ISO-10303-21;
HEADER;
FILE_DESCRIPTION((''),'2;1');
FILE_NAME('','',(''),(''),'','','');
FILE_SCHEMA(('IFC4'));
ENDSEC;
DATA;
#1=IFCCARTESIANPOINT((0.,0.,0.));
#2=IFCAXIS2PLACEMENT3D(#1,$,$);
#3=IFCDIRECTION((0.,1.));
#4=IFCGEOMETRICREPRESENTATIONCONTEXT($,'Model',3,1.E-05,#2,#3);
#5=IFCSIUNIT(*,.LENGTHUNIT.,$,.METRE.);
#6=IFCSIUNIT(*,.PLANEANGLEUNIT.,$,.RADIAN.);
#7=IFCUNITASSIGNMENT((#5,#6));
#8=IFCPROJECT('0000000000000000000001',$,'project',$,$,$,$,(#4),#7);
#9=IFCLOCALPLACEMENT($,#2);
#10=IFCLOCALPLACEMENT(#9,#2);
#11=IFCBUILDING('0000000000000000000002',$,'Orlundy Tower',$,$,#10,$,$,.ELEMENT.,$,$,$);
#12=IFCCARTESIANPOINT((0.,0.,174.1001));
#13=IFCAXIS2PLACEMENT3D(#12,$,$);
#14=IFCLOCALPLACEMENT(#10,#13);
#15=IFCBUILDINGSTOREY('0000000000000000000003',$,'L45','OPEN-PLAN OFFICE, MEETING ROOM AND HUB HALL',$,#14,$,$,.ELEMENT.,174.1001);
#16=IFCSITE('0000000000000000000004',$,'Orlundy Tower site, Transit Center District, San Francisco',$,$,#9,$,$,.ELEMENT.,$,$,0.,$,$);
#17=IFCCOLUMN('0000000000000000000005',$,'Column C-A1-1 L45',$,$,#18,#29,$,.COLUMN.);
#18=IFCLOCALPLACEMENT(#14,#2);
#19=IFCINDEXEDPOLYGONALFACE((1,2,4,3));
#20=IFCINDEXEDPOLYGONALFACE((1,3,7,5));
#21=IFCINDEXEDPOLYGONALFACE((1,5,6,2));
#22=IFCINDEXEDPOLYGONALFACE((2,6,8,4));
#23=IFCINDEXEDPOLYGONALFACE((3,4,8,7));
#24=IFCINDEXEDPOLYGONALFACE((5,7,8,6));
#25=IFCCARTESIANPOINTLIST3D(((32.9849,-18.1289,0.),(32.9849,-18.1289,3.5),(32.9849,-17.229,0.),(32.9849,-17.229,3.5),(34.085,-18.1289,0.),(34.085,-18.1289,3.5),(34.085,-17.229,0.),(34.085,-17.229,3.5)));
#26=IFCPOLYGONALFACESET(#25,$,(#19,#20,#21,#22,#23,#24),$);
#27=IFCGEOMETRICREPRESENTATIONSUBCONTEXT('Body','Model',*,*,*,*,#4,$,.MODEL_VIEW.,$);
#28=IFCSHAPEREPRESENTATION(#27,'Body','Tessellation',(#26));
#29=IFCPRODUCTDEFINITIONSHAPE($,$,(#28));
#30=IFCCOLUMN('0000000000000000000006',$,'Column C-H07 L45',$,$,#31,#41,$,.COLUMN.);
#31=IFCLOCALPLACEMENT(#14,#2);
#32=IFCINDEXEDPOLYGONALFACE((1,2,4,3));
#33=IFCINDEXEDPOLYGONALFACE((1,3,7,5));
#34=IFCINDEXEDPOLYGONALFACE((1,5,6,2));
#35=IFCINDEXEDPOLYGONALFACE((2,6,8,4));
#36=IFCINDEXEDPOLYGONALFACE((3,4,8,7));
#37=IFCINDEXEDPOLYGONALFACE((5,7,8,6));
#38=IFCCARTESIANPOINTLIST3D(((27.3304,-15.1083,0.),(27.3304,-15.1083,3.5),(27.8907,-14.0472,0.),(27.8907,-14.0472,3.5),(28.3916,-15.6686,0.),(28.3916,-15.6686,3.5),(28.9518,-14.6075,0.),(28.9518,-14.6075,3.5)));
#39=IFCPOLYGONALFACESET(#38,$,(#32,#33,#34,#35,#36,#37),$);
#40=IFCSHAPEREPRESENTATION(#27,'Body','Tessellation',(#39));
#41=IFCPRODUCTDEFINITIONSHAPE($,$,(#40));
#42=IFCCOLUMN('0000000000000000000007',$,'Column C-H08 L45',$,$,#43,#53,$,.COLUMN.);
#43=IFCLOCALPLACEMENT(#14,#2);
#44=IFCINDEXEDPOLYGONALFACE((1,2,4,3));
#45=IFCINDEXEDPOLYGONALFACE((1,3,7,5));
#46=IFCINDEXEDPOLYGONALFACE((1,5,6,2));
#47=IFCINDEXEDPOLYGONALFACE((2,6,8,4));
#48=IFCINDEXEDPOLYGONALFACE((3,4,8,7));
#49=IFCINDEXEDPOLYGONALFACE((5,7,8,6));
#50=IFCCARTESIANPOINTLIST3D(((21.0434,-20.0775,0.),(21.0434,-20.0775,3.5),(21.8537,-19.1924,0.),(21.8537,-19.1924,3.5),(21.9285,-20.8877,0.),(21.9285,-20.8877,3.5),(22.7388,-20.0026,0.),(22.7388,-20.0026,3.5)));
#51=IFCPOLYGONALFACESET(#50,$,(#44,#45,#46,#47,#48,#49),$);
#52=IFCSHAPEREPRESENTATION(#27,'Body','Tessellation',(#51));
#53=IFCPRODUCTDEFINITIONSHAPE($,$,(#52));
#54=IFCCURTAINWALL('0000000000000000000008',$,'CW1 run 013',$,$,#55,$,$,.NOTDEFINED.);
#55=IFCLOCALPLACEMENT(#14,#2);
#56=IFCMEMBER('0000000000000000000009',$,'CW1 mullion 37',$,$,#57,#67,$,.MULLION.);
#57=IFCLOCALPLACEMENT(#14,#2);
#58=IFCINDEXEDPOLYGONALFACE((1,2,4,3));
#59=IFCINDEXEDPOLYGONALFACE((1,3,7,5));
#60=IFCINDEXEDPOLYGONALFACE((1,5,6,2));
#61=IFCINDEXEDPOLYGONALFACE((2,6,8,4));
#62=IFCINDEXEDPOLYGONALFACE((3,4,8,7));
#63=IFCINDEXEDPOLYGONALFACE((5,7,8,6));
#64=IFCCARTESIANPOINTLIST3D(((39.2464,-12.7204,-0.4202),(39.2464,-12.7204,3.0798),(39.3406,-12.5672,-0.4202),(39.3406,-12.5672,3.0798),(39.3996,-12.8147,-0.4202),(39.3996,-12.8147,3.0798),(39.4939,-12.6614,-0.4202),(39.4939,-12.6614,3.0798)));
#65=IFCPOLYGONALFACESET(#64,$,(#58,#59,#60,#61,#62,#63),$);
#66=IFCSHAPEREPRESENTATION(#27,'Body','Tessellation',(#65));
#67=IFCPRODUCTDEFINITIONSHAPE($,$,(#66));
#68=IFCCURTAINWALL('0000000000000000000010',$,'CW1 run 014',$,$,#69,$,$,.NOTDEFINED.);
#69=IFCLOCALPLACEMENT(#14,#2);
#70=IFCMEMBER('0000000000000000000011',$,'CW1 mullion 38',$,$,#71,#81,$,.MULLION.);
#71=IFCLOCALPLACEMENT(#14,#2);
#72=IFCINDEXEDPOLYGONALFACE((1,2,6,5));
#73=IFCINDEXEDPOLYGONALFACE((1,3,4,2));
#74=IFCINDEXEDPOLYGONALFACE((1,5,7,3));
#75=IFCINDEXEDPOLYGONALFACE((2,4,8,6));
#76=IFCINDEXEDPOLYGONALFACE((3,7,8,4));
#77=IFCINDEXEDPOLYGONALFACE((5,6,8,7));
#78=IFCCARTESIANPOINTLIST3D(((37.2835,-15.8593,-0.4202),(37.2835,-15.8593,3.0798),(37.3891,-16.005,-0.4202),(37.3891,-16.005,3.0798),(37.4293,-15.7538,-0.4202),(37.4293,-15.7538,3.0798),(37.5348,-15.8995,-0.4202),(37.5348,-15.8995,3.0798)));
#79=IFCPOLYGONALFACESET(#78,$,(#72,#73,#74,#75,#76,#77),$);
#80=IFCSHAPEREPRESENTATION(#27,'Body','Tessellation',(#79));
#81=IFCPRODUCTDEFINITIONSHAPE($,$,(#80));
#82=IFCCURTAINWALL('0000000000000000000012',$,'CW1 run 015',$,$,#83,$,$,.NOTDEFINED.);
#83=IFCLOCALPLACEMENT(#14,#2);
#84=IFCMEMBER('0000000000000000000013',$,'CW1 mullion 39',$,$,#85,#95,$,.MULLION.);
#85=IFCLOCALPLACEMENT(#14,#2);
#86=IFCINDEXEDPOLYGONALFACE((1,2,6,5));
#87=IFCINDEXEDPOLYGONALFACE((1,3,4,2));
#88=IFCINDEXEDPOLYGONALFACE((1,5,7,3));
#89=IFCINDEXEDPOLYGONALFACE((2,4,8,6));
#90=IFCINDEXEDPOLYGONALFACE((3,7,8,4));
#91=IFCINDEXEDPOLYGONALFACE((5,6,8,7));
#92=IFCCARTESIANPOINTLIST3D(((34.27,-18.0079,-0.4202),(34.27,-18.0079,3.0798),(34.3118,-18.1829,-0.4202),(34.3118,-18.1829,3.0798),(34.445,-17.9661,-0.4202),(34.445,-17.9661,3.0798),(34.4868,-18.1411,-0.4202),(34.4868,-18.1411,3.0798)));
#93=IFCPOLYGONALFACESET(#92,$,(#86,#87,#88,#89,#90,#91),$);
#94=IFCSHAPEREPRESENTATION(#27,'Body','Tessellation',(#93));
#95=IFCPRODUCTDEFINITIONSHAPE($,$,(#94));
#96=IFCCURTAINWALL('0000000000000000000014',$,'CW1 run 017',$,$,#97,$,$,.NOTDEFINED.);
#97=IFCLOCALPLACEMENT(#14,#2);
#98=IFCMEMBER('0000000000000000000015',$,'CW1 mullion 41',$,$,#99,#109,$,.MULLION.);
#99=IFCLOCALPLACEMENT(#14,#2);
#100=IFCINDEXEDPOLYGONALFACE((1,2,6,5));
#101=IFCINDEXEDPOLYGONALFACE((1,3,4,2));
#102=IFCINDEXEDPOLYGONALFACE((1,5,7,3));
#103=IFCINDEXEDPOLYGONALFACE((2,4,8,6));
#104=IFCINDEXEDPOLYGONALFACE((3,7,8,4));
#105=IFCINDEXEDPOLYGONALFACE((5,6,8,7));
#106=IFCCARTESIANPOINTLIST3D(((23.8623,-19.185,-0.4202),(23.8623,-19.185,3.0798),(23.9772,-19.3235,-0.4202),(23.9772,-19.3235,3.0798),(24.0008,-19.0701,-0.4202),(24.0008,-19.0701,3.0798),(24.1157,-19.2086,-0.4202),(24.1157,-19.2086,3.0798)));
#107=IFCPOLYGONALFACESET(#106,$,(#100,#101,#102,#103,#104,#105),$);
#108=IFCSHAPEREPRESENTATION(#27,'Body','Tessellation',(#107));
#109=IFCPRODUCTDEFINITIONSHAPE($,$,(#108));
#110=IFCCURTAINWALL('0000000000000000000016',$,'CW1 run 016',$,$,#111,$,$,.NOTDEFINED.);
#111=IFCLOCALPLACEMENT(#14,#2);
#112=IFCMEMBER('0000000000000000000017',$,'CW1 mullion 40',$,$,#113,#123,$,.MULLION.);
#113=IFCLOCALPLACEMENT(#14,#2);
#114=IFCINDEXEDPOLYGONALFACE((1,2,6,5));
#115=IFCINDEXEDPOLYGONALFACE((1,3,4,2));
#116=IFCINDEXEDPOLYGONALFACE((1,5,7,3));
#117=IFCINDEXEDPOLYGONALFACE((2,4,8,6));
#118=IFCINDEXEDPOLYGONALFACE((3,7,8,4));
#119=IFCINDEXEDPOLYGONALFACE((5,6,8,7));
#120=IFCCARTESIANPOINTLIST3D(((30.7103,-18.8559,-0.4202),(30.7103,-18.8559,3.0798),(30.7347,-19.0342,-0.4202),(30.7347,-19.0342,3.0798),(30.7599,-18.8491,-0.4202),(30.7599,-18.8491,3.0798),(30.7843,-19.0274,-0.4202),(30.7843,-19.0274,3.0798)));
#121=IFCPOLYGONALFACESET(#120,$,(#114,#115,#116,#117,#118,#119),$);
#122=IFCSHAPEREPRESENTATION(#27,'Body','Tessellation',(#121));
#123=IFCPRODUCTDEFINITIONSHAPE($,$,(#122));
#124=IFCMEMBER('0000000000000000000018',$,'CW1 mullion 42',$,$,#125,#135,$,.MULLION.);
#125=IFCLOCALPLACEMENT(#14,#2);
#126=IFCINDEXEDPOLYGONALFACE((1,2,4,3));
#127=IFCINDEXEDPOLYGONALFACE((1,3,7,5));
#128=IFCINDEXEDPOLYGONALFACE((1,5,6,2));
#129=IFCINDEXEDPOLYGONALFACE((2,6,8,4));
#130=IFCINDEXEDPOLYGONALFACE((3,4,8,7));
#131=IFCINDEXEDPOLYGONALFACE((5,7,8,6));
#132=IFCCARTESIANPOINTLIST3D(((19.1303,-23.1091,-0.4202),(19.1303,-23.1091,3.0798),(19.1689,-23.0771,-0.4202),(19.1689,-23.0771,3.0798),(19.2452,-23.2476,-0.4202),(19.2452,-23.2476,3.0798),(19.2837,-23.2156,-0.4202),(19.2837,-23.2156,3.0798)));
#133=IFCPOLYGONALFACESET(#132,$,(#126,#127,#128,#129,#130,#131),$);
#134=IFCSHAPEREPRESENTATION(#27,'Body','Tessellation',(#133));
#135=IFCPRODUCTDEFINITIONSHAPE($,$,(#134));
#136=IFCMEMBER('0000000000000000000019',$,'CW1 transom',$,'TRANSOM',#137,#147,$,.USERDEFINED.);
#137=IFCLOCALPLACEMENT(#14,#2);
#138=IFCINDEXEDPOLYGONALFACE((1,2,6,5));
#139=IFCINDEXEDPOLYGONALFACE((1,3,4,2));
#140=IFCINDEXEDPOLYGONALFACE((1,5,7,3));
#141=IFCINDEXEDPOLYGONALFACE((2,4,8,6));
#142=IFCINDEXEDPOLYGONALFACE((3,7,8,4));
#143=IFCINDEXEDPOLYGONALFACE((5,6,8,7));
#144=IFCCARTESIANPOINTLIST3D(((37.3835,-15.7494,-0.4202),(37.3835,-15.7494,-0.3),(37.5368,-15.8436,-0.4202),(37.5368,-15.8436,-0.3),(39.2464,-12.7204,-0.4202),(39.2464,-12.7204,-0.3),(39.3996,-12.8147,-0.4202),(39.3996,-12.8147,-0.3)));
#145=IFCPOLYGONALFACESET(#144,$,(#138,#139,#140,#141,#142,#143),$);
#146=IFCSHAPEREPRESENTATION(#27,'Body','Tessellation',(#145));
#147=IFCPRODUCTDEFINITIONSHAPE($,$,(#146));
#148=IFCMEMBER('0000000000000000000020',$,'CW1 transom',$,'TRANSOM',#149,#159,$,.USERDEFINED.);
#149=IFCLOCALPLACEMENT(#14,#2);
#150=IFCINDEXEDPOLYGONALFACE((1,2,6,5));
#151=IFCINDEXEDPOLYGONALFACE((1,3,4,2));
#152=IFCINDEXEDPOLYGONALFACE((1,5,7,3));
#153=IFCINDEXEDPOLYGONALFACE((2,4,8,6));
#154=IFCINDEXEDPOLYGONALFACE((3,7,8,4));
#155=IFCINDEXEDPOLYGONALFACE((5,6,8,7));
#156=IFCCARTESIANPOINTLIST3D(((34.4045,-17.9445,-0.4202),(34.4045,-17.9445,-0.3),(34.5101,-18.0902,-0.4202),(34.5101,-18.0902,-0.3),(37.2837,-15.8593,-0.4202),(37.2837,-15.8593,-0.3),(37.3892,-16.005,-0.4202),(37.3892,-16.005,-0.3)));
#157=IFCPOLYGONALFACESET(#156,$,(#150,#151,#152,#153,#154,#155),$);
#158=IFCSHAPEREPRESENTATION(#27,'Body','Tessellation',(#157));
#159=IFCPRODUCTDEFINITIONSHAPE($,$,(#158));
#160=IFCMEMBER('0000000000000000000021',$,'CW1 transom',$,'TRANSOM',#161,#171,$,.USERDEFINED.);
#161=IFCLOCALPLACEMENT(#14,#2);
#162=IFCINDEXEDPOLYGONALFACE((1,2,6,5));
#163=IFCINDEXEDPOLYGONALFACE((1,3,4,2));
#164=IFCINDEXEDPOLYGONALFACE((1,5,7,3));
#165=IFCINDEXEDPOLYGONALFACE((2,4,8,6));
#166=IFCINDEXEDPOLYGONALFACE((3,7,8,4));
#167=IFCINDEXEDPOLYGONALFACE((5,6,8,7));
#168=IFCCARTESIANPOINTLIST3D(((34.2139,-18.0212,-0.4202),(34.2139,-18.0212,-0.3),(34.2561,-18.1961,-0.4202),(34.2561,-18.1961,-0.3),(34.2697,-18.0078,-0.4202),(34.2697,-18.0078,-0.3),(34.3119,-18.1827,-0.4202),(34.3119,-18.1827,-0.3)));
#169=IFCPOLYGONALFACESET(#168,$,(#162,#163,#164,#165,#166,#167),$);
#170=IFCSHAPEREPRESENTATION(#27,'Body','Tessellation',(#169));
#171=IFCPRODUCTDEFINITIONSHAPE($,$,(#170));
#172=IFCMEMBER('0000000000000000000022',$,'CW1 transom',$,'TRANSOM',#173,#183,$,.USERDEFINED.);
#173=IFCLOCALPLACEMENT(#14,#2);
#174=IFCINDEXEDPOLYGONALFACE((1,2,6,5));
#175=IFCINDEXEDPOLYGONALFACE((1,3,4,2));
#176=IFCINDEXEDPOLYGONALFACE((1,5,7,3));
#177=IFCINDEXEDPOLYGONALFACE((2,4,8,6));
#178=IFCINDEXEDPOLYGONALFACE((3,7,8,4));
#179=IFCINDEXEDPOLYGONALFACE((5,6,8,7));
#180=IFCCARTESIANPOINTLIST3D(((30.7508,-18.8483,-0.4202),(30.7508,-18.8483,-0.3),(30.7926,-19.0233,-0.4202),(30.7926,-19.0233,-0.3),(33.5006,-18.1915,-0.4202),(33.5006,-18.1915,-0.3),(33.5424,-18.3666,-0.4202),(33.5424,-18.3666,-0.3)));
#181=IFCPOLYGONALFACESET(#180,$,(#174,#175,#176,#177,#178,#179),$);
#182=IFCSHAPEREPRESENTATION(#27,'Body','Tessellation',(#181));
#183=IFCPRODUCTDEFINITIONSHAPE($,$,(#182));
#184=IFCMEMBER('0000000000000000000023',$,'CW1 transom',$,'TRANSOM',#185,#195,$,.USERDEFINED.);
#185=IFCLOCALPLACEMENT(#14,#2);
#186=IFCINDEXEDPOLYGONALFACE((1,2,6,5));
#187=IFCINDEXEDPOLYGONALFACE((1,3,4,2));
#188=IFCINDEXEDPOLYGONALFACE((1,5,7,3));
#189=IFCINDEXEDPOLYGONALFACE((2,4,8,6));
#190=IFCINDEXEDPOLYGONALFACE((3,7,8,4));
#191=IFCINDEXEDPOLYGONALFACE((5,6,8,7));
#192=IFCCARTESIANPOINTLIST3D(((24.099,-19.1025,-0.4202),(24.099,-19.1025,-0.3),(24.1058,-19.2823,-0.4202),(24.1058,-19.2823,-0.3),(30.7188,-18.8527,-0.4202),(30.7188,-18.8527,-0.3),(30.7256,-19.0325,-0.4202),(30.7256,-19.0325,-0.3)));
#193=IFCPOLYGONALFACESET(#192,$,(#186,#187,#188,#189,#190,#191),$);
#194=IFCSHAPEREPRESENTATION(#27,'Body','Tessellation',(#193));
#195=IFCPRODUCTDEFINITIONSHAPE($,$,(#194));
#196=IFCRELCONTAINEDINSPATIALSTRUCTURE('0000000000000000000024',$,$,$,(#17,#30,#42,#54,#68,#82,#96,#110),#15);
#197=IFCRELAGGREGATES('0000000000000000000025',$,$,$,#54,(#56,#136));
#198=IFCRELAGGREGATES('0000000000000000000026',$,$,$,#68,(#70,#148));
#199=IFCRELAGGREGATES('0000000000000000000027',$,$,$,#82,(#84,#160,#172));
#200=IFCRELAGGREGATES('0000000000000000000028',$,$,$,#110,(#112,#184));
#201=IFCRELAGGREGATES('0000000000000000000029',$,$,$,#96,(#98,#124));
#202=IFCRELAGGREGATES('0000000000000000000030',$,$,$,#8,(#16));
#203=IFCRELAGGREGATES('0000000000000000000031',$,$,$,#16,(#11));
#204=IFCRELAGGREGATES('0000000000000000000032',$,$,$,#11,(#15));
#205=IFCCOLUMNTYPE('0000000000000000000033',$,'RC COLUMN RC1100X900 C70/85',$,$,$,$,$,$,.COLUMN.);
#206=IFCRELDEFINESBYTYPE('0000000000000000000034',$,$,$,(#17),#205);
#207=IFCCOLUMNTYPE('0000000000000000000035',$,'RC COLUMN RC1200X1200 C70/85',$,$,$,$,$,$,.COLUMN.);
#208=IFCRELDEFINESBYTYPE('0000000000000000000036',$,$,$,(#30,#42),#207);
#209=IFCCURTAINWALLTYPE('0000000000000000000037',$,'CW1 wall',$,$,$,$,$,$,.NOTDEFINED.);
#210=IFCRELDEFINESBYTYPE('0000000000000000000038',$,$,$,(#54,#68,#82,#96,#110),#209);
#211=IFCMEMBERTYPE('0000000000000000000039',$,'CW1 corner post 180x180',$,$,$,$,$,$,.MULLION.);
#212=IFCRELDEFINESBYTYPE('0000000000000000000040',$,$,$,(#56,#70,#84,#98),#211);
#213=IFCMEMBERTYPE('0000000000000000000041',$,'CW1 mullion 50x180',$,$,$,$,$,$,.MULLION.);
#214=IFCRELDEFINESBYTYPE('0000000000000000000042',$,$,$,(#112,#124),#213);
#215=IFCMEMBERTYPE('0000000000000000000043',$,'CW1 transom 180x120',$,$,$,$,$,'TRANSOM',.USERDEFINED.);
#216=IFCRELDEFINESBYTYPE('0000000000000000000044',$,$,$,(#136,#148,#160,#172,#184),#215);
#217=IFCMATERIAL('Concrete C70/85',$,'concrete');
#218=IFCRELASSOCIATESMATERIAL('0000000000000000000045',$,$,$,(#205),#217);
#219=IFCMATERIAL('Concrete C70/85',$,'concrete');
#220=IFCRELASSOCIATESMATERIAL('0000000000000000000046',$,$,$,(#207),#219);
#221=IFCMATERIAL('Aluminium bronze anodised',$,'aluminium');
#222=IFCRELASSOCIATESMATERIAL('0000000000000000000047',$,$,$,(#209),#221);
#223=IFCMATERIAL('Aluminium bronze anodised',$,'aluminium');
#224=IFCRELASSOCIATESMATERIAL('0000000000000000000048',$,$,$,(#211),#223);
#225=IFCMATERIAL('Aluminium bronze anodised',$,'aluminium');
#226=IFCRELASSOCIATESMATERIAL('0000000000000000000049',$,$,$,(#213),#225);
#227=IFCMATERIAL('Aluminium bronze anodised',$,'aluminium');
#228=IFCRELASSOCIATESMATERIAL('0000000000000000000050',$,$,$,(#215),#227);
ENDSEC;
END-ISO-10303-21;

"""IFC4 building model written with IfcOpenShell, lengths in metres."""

from ifc_helpers import new_model, si_unit, direction, frame, origin, origin_2d, place, context, subcontext, project, spatial, rectangle, extrude, material, material_profile, profile_set, type_object, element, aggregate, save


model = new_model("IFC4")

# Units and contexts
model_context = context("Model", 3, precision=1e-05, world=origin(), true_north=direction((0.0, 1.0)))
body_context = subcontext(model_context, "Body", "Model", "MODEL_VIEW")
ifc_project = project(units=[si_unit("LENGTHUNIT", "METRE"), si_unit("PLANEANGLEUNIT", "RADIAN")], contexts=[model_context])

# Site, building, storey
site_placement = place(None, origin())
site = spatial("IfcSite", under=ifc_project, at=site_placement, Name="Orlundy Tower site, Transit Center District, San Francisco", CompositionType="ELEMENT", RefElevation=0.0)
building_placement = place(site_placement, origin())
building = spatial("IfcBuilding", under=site, at=building_placement, Name="Orlundy Tower", CompositionType="ELEMENT")
storey_placement = place(building_placement, frame((0.0, 0.0, 174.1001)))
storey = spatial("IfcBuildingStorey", under=building, at=storey_placement, Name="L45", Description="OPEN-PLAN OFFICE, MEETING ROOM AND HUB HALL", CompositionType="ELEMENT", Elevation=174.1001)

# Columns
ifc_material_1 = material(Name="Concrete C70/85", Category="concrete")
ifc_material_profile_1 = material_profile(ifc_material_1, rectangle(XDim=1.1001, YDim=0.8999, at=origin_2d()), Name="RC1100X900")
ifc_profile_set_1 = profile_set([ifc_material_profile_1], Name="Concrete C70/85")
column_type_1 = type_object("IfcColumnType", Name="RC COLUMN RC1100X900 C70/85", PredefinedType="COLUMN", material=ifc_profile_set_1)
column_placement = place(storey_placement, frame((33.5349, -17.679, 0.0), z_axis=(0.0, 0.0, 1.0), x_axis=(1.0, 0.0, 0.0)))
element("IfcColumn", 1, at=column_placement, inside=storey, type_object=column_type_1, Name="Column C-A1-1 L45", PredefinedType="COLUMN", context=body_context, shape_type="SweptSolid", body=[
    extrude(rectangle(XDim=1.1001, YDim=0.8999, at=origin_2d()), origin(), (0.0, 0.0, 1.0), 3.5),
])
ifc_material_2 = material(Name="Concrete C70/85", Category="concrete")
ifc_material_profile_2 = material_profile(ifc_material_2, rectangle(XDim=1.2, YDim=1.2, at=origin_2d()), Name="RC1200X1200")
ifc_profile_set_2 = profile_set([ifc_material_profile_2], Name="Concrete C70/85")
column_type_2 = type_object("IfcColumnType", Name="RC COLUMN RC1200X1200 C70/85", PredefinedType="COLUMN", material=ifc_profile_set_2)
for number, where, z_axis, x_axis, name in (
    (2, (28.1411, -14.8579, 0.0), (0.0, 0.0, 1.0), (0.884312, -0.466896, 0.0), "Column C-H07 L45"),
    (3, (21.8911, -20.04, 0.0), (0.0, 0.0, 1.0), (0.737607, -0.67523, 0.0), "Column C-H08 L45"),
):
    element("IfcColumn", number, at=place(storey_placement, frame(where, z_axis=z_axis, x_axis=x_axis)), inside=storey, type_object=column_type_2, Name=name, PredefinedType="COLUMN", context=body_context, shape_type="SweptSolid", body=[
        extrude(rectangle(XDim=1.2, YDim=1.2, at=origin_2d()), origin(), (0.0, 0.0, 1.0), 3.5),
    ])

# Curtain walls, members
ifc_material_3 = material(Name="Aluminium bronze anodised", Category="aluminium")
curtain_wall_type = type_object("IfcCurtainWallType", Name="CW1 wall", PredefinedType="NOTDEFINED", material=ifc_material_3)
curtain_wall_1_placement = place(storey_placement, origin())
curtain_wall_1 = element("IfcCurtainWall", 4, at=curtain_wall_1_placement, inside=storey, type_object=curtain_wall_type, Name="CW1 run 013", PredefinedType="NOTDEFINED")
ifc_material_4 = material(Name="Aluminium bronze anodised", Category="aluminium")
ifc_material_profile_3 = material_profile(ifc_material_4, rectangle(XDim=0.1799, YDim=0.1799, at=origin_2d()), Name="CW1 corner post 180x180")
ifc_profile_set_3 = profile_set([ifc_material_profile_3], Name="Aluminium bronze anodised")
member_type_1 = type_object("IfcMemberType", Name="CW1 corner post 180x180", PredefinedType="MULLION", material=ifc_profile_set_3)
member_1_placement = place(storey_placement, frame((39.3701, -12.6909, -0.4202), z_axis=(0.0, 0.0, 1.0), x_axis=(0.851825, -0.523827, 0.0)))
member_1 = element("IfcMember", 5, at=member_1_placement, type_object=member_type_1, Name="CW1 mullion 37", PredefinedType="MULLION", context=body_context, shape_type="SweptSolid", body=[
    extrude(rectangle(XDim=0.1799, YDim=0.1799, at=origin_2d()), origin(), (0.0, 0.0, 1.0), 3.5),
])
curtain_wall_2_placement = place(storey_placement, origin())
curtain_wall_2 = element("IfcCurtainWall", 6, at=curtain_wall_2_placement, inside=storey, type_object=curtain_wall_type, Name="CW1 run 014", PredefinedType="NOTDEFINED")
member_2_placement = place(storey_placement, frame((37.4092, -15.8794, -0.4202), z_axis=(0.0, 0.0, 1.0), x_axis=(0.586534, -0.809924, 0.0)))
member_2 = element("IfcMember", 7, at=member_2_placement, type_object=member_type_1, Name="CW1 mullion 38", PredefinedType="MULLION", context=body_context, shape_type="SweptSolid", body=[
    extrude(rectangle(XDim=0.1799, YDim=0.1799, at=origin_2d()), origin(), (0.0, 0.0, 1.0), 3.5),
])
curtain_wall_3_placement = place(storey_placement, origin())
curtain_wall_3 = element("IfcCurtainWall", 8, at=curtain_wall_3_placement, inside=storey, type_object=curtain_wall_type, Name="CW1 run 015", PredefinedType="NOTDEFINED")
member_3_placement = place(storey_placement, frame((34.3784, -18.0745, -0.4202), z_axis=(0.0, 0.0, 1.0), x_axis=(0.232301, -0.972644, 0.0)))
member_3 = element("IfcMember", 9, at=member_3_placement, type_object=member_type_1, Name="CW1 mullion 39", PredefinedType="MULLION", context=body_context, shape_type="SweptSolid", body=[
    extrude(rectangle(XDim=0.1799, YDim=0.1799, at=origin_2d()), origin(), (0.0, 0.0, 1.0), 3.5),
])
curtain_wall_4_placement = place(storey_placement, origin())
curtain_wall_4 = element("IfcCurtainWall", 10, at=curtain_wall_4_placement, inside=storey, type_object=curtain_wall_type, Name="CW1 run 017", PredefinedType="NOTDEFINED")
member_4_placement = place(storey_placement, frame((23.989, -19.1968, -0.4202), z_axis=(0.0, 0.0, 1.0), x_axis=(0.638331, -0.769762, 0.0)))
member_4 = element("IfcMember", 11, at=member_4_placement, type_object=member_type_1, Name="CW1 mullion 41", PredefinedType="MULLION", context=body_context, shape_type="SweptSolid", body=[
    extrude(rectangle(XDim=0.1799, YDim=0.1799, at=origin_2d()), origin(), (0.0, 0.0, 1.0), 3.5),
])
curtain_wall_5_placement = place(storey_placement, origin())
curtain_wall_5 = element("IfcCurtainWall", 12, at=curtain_wall_5_placement, inside=storey, type_object=curtain_wall_type, Name="CW1 run 016", PredefinedType="NOTDEFINED")
ifc_material_5 = material(Name="Aluminium bronze anodised", Category="aluminium")
ifc_material_profile_4 = material_profile(ifc_material_5, rectangle(XDim=0.1799, YDim=0.05, at=origin_2d()), Name="CW1 mullion 50x180")
ifc_profile_set_4 = profile_set([ifc_material_profile_4], Name="Aluminium bronze anodised")
member_type_2 = type_object("IfcMemberType", Name="CW1 mullion 50x180", PredefinedType="MULLION", material=ifc_profile_set_4)
member_5_placement = place(storey_placement, frame((30.7473, -18.9417, -0.4202), z_axis=(0.0, 0.0, 1.0), x_axis=(0.135672, -0.990754, 0.0)))
member_5 = element("IfcMember", 13, at=member_5_placement, type_object=member_type_2, Name="CW1 mullion 40", PredefinedType="MULLION", context=body_context, shape_type="SweptSolid", body=[
    extrude(rectangle(XDim=0.1799, YDim=0.05, at=origin_2d()), origin(), (0.0, 0.0, 1.0), 3.5),
])

# Members
member_6_placement = place(storey_placement, frame((19.207, -23.1624, -0.4202), z_axis=(0.0, 0.0, 1.0), x_axis=(0.638331, -0.769762, 0.0)))
member_6 = element("IfcMember", 14, at=member_6_placement, type_object=member_type_2, Name="CW1 mullion 42", PredefinedType="MULLION", context=body_context, shape_type="SweptSolid", body=[
    extrude(rectangle(XDim=0.1799, YDim=0.05, at=origin_2d()), origin(), (0.0, 0.0, 1.0), 3.5),
])
ifc_material_6 = material(Name="Aluminium bronze anodised", Category="aluminium")
ifc_material_profile_5 = material_profile(ifc_material_6, rectangle(XDim=0.1799, YDim=0.1201, at=origin_2d()), Name="CW1 transom 180x120")
ifc_profile_set_5 = profile_set([ifc_material_profile_5], Name="Aluminium bronze anodised")
member_type_3 = type_object("IfcMemberType", Name="CW1 transom 180x120", ElementType="TRANSOM", PredefinedType="USERDEFINED", material=ifc_profile_set_5)
member_7_placement = place(storey_placement, frame((39.323, -12.7676, -0.3601), z_axis=(-0.523875, -0.851795, 0.0), x_axis=(0.851795, -0.523875, 0.0)))
member_7 = element("IfcMember", 15, at=member_7_placement, type_object=member_type_3, Name="CW1 transom", ObjectType="TRANSOM", PredefinedType="USERDEFINED", context=body_context, shape_type="SweptSolid", body=[
    extrude(rectangle(XDim=0.1799, YDim=0.1201, at=origin_2d()), origin(), (0.0, 0.0, 1.0), 3.5559),
])
member_8_placement = place(storey_placement, frame((37.3364, -15.9321, -0.3601), z_axis=(-0.809902, -0.586566, 0.0), x_axis=(0.586566, -0.809902, 0.0)))
member_8 = element("IfcMember", 16, at=member_8_placement, type_object=member_type_3, Name="CW1 transom", ObjectType="TRANSOM", PredefinedType="USERDEFINED", context=body_context, shape_type="SweptSolid", body=[
    extrude(rectangle(XDim=0.1799, YDim=0.1201, at=origin_2d()), origin(), (0.0, 0.0, 1.0), 3.5549),
])
member_9_placement = place(storey_placement, frame((34.2908, -18.0952, -0.3601), z_axis=(-0.972116, -0.234502, 0.0), x_axis=(0.234502, -0.972116, 0.0)))
member_9 = element("IfcMember", 17, at=member_9_placement, type_object=member_type_3, Name="CW1 transom", ObjectType="TRANSOM", PredefinedType="USERDEFINED", context=body_context, shape_type="SweptSolid", body=[
    extrude(rectangle(XDim=0.1799, YDim=0.1201, at=origin_2d()), origin(), (0.0, 0.0, 1.0), 0.0574),
])
member_10_placement = place(storey_placement, frame((33.5215, -18.2791, -0.3601), z_axis=(-0.972644, -0.232302, 0.0), x_axis=(0.232302, -0.972644, 0.0)))
member_10 = element("IfcMember", 18, at=member_10_placement, type_object=member_type_3, Name="CW1 transom", ObjectType="TRANSOM", PredefinedType="USERDEFINED", context=body_context, shape_type="SweptSolid", body=[
    extrude(rectangle(XDim=0.1799, YDim=0.1201, at=origin_2d()), origin(), (0.0, 0.0, 1.0), 2.8271),
])
member_11_placement = place(storey_placement, frame((30.7222, -18.9426, -0.3601), z_axis=(-0.999289, -0.037701, 0.0), x_axis=(0.037701, -0.999289, 0.0)))
member_11 = element("IfcMember", 19, at=member_11_placement, type_object=member_type_3, Name="CW1 transom", ObjectType="TRANSOM", PredefinedType="USERDEFINED", context=body_context, shape_type="SweptSolid", body=[
    extrude(rectangle(XDim=0.1799, YDim=0.1201, at=origin_2d()), origin(), (0.0, 0.0, 1.0), 6.6245),
])

aggregate(curtain_wall_1, [member_1, member_7])
aggregate(curtain_wall_2, [member_2, member_8])
aggregate(curtain_wall_3, [member_3, member_9, member_10])
aggregate(curtain_wall_5, [member_5, member_11])
aggregate(curtain_wall_4, [member_4, member_6])

save(model, "model.ifc")
